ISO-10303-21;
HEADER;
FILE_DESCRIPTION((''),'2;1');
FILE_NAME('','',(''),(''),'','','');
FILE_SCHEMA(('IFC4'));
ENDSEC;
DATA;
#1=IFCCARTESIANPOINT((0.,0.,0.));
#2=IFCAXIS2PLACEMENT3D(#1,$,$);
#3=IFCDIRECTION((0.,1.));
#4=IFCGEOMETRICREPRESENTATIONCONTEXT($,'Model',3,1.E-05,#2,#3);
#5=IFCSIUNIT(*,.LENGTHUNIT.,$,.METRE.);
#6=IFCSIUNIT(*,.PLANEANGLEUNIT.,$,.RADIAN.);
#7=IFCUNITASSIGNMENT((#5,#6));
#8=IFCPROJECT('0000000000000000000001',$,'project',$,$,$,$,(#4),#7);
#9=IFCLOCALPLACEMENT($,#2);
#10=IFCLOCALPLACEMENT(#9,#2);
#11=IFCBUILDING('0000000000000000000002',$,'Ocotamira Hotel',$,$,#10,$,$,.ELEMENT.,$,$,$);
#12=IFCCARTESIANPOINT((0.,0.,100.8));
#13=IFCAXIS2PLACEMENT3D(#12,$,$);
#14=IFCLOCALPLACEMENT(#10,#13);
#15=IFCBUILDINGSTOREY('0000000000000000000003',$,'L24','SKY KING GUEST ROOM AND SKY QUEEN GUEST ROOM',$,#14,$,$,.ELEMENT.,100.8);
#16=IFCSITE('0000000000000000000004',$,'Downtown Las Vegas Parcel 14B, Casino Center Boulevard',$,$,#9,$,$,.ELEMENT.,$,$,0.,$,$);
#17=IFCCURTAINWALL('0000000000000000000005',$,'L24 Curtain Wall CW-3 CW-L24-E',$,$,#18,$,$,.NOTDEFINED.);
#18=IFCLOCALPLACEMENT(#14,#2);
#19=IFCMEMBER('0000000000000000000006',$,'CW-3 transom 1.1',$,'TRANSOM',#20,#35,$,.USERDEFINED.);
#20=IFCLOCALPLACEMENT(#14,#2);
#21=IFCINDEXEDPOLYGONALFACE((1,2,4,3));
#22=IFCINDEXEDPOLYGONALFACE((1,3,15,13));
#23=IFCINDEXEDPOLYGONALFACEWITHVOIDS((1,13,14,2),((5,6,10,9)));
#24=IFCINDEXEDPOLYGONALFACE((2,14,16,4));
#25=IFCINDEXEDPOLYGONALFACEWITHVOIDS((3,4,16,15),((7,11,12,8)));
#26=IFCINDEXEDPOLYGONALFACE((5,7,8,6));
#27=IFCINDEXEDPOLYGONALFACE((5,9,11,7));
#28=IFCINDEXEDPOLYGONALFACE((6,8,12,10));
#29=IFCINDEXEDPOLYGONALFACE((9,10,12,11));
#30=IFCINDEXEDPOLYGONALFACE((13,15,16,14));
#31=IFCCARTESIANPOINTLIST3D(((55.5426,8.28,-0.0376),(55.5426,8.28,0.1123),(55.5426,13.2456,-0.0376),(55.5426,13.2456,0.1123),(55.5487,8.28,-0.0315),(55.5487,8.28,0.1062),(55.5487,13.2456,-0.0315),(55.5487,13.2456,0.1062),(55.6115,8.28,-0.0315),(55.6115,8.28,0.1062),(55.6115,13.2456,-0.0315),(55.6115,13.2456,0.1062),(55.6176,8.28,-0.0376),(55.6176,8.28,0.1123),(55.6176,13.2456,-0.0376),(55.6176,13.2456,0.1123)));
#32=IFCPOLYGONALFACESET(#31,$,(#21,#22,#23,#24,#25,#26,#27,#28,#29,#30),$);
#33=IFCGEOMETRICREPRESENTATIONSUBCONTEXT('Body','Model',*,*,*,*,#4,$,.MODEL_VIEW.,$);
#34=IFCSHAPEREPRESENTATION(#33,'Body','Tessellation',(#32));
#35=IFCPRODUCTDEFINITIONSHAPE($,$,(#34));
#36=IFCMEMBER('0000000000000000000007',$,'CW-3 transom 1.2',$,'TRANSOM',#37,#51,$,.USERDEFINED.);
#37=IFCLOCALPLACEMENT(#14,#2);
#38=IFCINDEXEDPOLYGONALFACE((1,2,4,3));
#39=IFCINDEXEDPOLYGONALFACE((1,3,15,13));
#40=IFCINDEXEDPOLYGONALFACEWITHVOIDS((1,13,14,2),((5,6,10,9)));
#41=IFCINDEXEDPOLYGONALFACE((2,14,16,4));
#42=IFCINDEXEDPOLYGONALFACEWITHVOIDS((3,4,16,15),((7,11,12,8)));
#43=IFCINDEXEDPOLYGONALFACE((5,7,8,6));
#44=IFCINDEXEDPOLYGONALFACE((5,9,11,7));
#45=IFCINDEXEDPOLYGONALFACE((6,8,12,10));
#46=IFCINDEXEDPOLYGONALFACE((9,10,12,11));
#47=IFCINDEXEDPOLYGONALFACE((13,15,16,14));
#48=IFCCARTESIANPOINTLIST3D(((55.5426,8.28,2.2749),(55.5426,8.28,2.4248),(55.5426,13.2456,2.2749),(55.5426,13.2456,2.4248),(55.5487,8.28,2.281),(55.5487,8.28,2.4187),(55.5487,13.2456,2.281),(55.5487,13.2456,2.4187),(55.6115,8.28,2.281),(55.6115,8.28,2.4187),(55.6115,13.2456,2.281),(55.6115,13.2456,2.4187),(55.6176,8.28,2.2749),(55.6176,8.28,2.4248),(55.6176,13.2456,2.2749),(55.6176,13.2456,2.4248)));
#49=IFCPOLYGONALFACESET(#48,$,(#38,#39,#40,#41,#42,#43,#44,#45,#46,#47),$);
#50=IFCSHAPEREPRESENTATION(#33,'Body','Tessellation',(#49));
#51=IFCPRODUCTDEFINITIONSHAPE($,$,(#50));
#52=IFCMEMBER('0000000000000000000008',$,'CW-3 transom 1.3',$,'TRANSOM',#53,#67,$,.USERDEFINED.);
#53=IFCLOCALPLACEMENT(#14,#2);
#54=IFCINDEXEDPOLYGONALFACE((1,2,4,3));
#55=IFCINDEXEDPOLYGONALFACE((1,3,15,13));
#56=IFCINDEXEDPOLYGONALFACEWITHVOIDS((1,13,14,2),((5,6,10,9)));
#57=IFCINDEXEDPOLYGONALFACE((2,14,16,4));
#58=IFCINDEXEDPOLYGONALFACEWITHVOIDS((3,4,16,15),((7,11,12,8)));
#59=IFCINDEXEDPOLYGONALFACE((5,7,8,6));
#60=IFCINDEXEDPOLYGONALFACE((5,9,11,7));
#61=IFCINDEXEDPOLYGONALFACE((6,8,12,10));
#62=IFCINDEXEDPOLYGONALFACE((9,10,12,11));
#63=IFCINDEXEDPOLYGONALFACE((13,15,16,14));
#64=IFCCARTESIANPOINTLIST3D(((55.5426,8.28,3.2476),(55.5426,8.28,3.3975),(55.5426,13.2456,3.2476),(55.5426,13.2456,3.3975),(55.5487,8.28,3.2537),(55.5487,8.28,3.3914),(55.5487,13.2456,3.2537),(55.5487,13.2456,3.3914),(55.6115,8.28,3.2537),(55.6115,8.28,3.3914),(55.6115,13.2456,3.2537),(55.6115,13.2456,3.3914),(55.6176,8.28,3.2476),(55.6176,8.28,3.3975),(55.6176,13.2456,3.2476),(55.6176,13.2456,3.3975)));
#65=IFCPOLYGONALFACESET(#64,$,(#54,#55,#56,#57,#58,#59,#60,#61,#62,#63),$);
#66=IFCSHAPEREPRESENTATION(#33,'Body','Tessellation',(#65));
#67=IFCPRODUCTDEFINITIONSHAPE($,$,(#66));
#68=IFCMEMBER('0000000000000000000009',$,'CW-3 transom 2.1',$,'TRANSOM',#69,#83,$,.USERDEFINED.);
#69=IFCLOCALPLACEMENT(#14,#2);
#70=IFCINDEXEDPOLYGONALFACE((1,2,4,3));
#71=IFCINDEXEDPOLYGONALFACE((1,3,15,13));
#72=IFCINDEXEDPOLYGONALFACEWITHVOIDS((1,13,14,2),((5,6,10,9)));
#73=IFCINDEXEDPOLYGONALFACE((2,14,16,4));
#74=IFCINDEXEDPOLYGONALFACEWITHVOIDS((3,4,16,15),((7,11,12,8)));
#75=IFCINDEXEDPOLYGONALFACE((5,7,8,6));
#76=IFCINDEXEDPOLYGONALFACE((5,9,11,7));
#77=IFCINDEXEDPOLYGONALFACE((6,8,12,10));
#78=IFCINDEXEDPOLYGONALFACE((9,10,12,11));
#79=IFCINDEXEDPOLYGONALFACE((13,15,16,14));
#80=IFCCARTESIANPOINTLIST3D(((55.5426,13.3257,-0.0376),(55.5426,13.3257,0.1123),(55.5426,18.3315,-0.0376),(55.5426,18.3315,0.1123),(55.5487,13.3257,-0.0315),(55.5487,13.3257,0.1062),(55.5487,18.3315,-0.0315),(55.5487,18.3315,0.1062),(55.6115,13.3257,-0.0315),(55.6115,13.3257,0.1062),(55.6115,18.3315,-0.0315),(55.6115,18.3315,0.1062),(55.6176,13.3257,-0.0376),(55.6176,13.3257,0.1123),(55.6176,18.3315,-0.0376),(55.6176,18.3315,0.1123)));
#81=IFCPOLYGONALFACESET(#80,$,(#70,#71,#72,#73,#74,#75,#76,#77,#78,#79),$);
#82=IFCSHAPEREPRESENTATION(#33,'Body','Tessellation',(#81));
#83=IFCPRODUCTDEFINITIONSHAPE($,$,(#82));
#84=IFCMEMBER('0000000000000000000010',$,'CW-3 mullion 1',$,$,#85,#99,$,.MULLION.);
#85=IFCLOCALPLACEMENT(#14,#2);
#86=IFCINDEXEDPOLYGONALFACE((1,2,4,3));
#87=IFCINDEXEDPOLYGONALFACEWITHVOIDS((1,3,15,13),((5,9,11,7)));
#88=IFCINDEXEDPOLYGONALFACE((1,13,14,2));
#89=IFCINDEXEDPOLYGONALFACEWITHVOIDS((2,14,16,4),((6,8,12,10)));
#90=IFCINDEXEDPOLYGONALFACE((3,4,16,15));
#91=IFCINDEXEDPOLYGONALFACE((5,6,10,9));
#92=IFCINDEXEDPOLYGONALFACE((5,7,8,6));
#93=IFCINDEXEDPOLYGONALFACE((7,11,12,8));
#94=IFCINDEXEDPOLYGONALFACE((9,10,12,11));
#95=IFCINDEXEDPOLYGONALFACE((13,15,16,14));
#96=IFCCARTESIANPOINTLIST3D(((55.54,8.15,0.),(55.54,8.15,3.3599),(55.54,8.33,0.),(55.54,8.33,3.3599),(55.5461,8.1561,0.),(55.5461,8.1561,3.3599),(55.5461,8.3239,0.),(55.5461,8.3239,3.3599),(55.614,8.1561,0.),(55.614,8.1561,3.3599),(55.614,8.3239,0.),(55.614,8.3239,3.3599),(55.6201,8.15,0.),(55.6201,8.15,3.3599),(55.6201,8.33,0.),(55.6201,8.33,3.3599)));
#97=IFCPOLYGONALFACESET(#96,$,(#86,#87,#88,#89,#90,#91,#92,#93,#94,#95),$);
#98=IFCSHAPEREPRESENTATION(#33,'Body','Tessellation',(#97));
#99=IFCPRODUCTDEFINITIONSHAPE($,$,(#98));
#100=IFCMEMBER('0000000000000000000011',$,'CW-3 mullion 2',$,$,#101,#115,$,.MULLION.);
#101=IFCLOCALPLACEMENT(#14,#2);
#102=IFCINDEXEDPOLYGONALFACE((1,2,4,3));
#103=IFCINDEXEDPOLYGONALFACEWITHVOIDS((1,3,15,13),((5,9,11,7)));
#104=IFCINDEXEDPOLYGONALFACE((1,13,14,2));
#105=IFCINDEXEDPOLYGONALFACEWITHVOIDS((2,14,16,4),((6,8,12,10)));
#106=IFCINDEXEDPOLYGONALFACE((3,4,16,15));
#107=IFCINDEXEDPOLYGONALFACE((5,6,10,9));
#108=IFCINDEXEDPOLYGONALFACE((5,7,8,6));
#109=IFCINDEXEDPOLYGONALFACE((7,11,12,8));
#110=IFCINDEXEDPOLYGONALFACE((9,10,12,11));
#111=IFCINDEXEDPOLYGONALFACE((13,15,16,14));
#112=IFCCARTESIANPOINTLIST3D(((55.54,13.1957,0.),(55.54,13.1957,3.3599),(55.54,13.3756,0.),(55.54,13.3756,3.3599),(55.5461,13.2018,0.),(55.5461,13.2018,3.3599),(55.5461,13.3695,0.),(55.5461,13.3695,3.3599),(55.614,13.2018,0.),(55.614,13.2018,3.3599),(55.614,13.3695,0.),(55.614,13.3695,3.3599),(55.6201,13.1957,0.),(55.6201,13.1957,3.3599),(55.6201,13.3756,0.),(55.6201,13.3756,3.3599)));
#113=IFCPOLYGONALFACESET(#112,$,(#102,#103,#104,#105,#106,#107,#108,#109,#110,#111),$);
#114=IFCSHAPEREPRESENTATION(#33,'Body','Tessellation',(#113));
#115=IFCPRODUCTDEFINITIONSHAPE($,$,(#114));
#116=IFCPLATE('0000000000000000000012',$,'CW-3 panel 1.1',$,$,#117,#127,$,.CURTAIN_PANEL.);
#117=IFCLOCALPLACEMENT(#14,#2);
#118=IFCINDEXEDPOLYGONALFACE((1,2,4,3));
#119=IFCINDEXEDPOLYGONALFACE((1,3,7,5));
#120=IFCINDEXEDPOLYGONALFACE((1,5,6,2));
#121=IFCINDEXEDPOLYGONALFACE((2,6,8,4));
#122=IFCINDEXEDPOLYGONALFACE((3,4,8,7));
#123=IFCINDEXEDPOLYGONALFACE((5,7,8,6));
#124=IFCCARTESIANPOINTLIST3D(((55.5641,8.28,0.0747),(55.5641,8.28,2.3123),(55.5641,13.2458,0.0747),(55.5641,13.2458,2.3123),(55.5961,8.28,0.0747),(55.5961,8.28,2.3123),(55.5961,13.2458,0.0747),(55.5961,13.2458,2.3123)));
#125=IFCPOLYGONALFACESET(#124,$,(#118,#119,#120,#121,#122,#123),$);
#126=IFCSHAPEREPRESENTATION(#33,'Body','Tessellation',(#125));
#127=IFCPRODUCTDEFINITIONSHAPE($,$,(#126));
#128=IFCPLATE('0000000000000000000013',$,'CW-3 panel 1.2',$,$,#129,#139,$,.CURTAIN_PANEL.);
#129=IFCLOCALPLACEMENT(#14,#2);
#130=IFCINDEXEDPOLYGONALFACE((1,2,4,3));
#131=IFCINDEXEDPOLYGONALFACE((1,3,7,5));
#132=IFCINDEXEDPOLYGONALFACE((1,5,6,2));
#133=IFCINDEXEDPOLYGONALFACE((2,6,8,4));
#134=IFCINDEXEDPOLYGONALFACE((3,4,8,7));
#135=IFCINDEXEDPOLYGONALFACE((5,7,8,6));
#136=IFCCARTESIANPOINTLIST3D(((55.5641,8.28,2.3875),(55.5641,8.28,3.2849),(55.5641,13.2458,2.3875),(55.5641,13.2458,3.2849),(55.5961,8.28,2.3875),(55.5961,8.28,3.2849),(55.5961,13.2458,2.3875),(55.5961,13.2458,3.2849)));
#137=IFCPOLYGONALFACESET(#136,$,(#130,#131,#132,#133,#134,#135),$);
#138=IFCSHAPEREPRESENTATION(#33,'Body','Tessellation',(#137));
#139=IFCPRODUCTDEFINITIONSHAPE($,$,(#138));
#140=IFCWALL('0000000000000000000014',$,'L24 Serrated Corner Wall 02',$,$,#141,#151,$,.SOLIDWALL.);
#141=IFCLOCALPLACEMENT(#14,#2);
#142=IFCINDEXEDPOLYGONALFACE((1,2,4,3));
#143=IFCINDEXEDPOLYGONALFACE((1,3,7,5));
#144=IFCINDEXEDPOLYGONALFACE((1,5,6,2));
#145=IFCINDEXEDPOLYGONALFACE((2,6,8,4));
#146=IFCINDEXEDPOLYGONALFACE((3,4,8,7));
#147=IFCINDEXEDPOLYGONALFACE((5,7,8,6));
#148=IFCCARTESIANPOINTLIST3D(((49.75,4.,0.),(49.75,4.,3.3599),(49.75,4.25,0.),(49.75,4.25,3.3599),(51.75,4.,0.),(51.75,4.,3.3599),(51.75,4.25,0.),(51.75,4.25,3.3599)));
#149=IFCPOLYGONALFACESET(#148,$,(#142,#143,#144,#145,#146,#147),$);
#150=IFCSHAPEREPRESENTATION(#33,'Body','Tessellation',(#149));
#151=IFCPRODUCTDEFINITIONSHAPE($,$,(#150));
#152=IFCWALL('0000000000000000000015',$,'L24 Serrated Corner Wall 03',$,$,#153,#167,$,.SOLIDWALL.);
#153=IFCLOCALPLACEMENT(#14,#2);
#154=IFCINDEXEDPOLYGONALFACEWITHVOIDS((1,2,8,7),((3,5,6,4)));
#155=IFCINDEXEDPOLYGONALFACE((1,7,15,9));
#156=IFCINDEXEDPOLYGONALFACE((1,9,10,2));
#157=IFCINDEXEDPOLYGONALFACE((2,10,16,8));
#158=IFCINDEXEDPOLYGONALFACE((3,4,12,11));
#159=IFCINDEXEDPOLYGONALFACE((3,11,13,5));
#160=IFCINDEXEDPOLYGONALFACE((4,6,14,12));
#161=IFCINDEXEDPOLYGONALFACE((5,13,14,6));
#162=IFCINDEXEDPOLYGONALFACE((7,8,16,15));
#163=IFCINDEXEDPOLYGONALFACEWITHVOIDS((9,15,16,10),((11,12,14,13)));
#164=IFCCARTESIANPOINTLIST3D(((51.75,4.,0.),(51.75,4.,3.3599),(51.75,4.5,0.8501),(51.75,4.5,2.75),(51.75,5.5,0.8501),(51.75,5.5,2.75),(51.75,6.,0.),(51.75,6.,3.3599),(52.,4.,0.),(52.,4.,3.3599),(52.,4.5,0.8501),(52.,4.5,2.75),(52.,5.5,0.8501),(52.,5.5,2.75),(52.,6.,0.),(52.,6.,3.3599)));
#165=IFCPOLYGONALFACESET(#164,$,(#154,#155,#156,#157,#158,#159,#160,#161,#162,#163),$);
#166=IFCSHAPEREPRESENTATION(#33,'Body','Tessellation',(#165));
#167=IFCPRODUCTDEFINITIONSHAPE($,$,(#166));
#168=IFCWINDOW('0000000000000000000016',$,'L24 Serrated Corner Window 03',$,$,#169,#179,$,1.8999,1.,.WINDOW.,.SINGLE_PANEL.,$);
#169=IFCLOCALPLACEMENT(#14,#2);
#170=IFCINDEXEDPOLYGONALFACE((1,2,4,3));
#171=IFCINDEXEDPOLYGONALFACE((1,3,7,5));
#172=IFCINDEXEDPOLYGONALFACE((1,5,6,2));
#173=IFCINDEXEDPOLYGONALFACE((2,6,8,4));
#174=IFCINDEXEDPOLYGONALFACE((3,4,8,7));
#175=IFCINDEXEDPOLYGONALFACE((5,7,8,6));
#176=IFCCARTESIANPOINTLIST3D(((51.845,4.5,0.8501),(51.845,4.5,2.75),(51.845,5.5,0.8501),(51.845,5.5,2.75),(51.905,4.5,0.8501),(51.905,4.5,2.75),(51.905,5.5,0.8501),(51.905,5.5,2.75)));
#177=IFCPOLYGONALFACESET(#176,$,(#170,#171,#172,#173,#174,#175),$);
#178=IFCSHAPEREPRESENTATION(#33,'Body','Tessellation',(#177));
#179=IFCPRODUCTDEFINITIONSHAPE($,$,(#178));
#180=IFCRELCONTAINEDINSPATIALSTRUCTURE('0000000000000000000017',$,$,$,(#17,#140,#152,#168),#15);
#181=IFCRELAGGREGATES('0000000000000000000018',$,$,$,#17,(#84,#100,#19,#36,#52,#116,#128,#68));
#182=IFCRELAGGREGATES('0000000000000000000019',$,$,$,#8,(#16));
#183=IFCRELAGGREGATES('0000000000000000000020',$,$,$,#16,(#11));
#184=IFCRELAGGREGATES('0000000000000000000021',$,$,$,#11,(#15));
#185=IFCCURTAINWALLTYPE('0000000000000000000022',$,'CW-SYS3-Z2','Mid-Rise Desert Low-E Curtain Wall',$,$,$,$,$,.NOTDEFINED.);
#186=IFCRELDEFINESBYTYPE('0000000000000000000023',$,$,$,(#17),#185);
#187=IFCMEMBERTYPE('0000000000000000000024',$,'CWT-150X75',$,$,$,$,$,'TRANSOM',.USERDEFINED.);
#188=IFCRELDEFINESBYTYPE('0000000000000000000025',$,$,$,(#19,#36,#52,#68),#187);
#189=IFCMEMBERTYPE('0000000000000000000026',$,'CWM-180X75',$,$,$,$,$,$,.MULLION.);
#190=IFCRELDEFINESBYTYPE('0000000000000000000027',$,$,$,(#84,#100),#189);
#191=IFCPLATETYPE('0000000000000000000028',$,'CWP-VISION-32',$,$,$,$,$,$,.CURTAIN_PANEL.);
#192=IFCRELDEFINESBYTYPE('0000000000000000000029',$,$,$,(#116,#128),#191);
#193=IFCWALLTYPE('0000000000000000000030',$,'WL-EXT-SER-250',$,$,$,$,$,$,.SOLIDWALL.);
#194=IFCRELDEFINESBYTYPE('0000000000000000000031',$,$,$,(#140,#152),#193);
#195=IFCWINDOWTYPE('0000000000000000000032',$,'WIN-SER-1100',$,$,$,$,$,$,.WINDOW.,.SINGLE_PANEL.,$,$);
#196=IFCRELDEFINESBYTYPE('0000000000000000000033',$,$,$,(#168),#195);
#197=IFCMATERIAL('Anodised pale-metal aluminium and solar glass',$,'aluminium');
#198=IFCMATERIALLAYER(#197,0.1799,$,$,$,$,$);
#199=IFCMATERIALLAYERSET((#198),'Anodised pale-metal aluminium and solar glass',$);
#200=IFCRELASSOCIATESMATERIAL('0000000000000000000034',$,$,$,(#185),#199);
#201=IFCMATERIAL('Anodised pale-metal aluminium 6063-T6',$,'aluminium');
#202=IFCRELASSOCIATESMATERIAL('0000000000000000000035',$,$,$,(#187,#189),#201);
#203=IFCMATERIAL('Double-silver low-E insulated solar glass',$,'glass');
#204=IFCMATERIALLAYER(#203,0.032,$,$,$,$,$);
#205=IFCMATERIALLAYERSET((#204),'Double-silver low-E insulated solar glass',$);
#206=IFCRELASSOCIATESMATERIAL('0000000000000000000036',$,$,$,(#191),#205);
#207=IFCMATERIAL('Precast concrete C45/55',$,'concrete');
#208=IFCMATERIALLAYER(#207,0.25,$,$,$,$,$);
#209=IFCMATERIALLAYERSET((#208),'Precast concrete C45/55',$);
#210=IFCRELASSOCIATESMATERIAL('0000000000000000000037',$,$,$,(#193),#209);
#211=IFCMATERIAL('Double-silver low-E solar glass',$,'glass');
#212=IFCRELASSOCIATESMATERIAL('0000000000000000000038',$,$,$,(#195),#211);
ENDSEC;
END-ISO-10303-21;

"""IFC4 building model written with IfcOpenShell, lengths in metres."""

from ifc_helpers import new_model, si_unit, direction, frame, frame_2d, origin, origin_2d, place, context, subcontext, project, spatial, rectangle, hollow_rectangle, extrude, source, transform, mapped, material, layer, layer_set, material_profile, profile_set, type_object, element, fill, aggregate, save


model = new_model("IFC4")

# Units and contexts
model_context = context("Model", 3, precision=1e-05, world=origin(), true_north=direction((0.0, 1.0)))
body_context = subcontext(model_context, "Body", "Model", "MODEL_VIEW")
ifc_project = project(units=[si_unit("LENGTHUNIT", "METRE"), si_unit("PLANEANGLEUNIT", "RADIAN")], contexts=[model_context])

# Site, building, storey
site_placement = place(None, origin())
site = spatial("IfcSite", under=ifc_project, at=site_placement, Name="Downtown Las Vegas Parcel 14B, Casino Center Boulevard", CompositionType="ELEMENT", RefElevation=0.0)
building_placement = place(site_placement, origin())
building = spatial("IfcBuilding", under=site, at=building_placement, Name="Ocotamira Hotel", CompositionType="ELEMENT")
storey_placement = place(building_placement, frame((0.0, 0.0, 100.8)))
storey = spatial("IfcBuildingStorey", under=building, at=storey_placement, Name="L24", Description="SKY KING GUEST ROOM AND SKY QUEEN GUEST ROOM", CompositionType="ELEMENT", Elevation=100.8)

# Curtain wall, members, plates
ifc_material_1 = material(Name="Anodised pale-metal aluminium and solar glass", Category="aluminium")
ifc_layer_1 = layer(ifc_material_1, 0.1799)
ifc_layer_set_1 = layer_set([ifc_layer_1], Name="Anodised pale-metal aluminium and solar glass")
curtain_wall_type = type_object("IfcCurtainWallType", Name="CW-SYS3-Z2", Description="Mid-Rise Desert Low-E Curtain Wall", PredefinedType="NOTDEFINED", material=ifc_layer_set_1)
curtain_wall_placement = place(storey_placement, origin())
curtain_wall = element("IfcCurtainWall", 1, at=curtain_wall_placement, inside=storey, type_object=curtain_wall_type, Name="L24 Curtain Wall CW-3 CW-L24-E", PredefinedType="NOTDEFINED")
ifc_material_2 = material(Name="Anodised pale-metal aluminium 6063-T6", Category="aluminium")
ifc_material_profile_1 = material_profile(ifc_material_2, hollow_rectangle(XDim=0.075, YDim=0.1499, WallThickness=0.0061, at=origin_2d()), Name="HSS150X75X6")
ifc_profile_set_1 = profile_set([ifc_material_profile_1], Name="Anodised pale-metal aluminium 6063-T6")
member_type_1 = type_object("IfcMemberType", Name="CWT-150X75", ElementType="TRANSOM", PredefinedType="USERDEFINED", material=ifc_profile_set_1)
shared_shape_1 = source(origin(), body_context, "Body", "SweptSolid", [
    extrude(hollow_rectangle(XDim=0.075, YDim=0.1499, WallThickness=0.0061, at=origin_2d()), origin(), (0.0, 0.0, 1.0), 4.9656),
])
member_1_placement = place(storey_placement, frame((55.5801, 8.28, 0.0374), z_axis=(0.0, 1.0, 0.0), x_axis=(-1.0, 0.0, 0.0)))
member_1 = element("IfcMember", 2, at=member_1_placement, type_object=member_type_1, Name="CW-3 transom 1.1", ObjectType="TRANSOM", PredefinedType="USERDEFINED", context=body_context, shape_type="MappedRepresentation", body=[
    mapped(shared_shape_1, transform((0.0, 0.0, 0.0), scale=1.0)),
])
member_2_placement = place(storey_placement, frame((55.5801, 8.28, 2.3499), z_axis=(0.0, 1.0, 0.0), x_axis=(-1.0, 0.0, 0.0)))
member_2 = element("IfcMember", 3, at=member_2_placement, type_object=member_type_1, Name="CW-3 transom 1.2", ObjectType="TRANSOM", PredefinedType="USERDEFINED", context=body_context, shape_type="MappedRepresentation", body=[
    mapped(shared_shape_1, transform((0.0, 0.0, 0.0), scale=1.0)),
])
member_3_placement = place(storey_placement, frame((55.5801, 8.28, 3.3225), z_axis=(0.0, 1.0, 0.0), x_axis=(-1.0, 0.0, 0.0)))
member_3 = element("IfcMember", 4, at=member_3_placement, type_object=member_type_1, Name="CW-3 transom 1.3", ObjectType="TRANSOM", PredefinedType="USERDEFINED", context=body_context, shape_type="MappedRepresentation", body=[
    mapped(shared_shape_1, transform((0.0, 0.0, 0.0), scale=1.0)),
])
shared_shape_2 = source(origin(), body_context, "Body", "SweptSolid", [
    extrude(hollow_rectangle(XDim=0.075, YDim=0.1499, WallThickness=0.0061, at=origin_2d()), origin(), (0.0, 0.0, 1.0), 5.0059),
])
member_4_placement = place(storey_placement, frame((55.5801, 13.3257, 0.0374), z_axis=(0.0, 1.0, 0.0), x_axis=(-1.0, 0.0, 0.0)))
member_4 = element("IfcMember", 5, at=member_4_placement, type_object=member_type_1, Name="CW-3 transom 2.1", ObjectType="TRANSOM", PredefinedType="USERDEFINED", context=body_context, shape_type="MappedRepresentation", body=[
    mapped(shared_shape_2, transform((0.0, 0.0, 0.0), scale=1.0)),
])
ifc_material_profile_2 = material_profile(ifc_material_2, hollow_rectangle(XDim=0.0801, YDim=0.1799, WallThickness=0.0061, at=origin_2d()), Name="HSS180X80X6")
ifc_profile_set_2 = profile_set([ifc_material_profile_2], Name="Anodised pale-metal aluminium 6063-T6")
member_type_2 = type_object("IfcMemberType", Name="CWM-180X75", PredefinedType="MULLION", material=ifc_profile_set_2)
shared_shape_3 = source(origin(), body_context, "Body", "SweptSolid", [
    extrude(hollow_rectangle(XDim=0.0801, YDim=0.1799, WallThickness=0.0061, at=origin_2d()), origin(), (0.0, 0.0, 1.0), 3.3599),
])
member_5_placement = place(storey_placement, frame((55.5801, 8.24, 0.0), z_axis=(0.0, 0.0, 1.0), x_axis=(-1.0, 0.0, 0.0)))
member_5 = element("IfcMember", 6, at=member_5_placement, type_object=member_type_2, Name="CW-3 mullion 1", PredefinedType="MULLION", context=body_context, shape_type="MappedRepresentation", body=[
    mapped(shared_shape_3, transform((0.0, 0.0, 0.0), scale=1.0)),
])
member_6_placement = place(storey_placement, frame((55.5801, 13.2856, 0.0), z_axis=(0.0, 0.0, 1.0), x_axis=(-1.0, 0.0, 0.0)))
member_6 = element("IfcMember", 7, at=member_6_placement, type_object=member_type_2, Name="CW-3 mullion 2", PredefinedType="MULLION", context=body_context, shape_type="MappedRepresentation", body=[
    mapped(shared_shape_3, transform((0.0, 0.0, 0.0), scale=1.0)),
])
ifc_material_3 = material(Name="Double-silver low-E insulated solar glass", Category="glass")
ifc_layer_2 = layer(ifc_material_3, 0.032)
ifc_layer_set_2 = layer_set([ifc_layer_2], Name="Double-silver low-E insulated solar glass")
plate_type = type_object("IfcPlateType", Name="CWP-VISION-32", PredefinedType="CURTAIN_PANEL", material=ifc_layer_set_2)
shared_shape_4 = source(origin(), body_context, "Body", "SweptSolid", [
    extrude(rectangle(XDim=4.9658, YDim=0.032, at=origin_2d()), origin(), (0.0, 0.0, 1.0), 2.2375),
])
plate_1_placement = place(storey_placement, frame((55.5801, 10.7629, 0.0747), z_axis=(0.0, 0.0, 1.0), x_axis=(0.0, 1.0, 0.0)))
plate_1 = element("IfcPlate", 8, at=plate_1_placement, type_object=plate_type, Name="CW-3 panel 1.1", PredefinedType="CURTAIN_PANEL", context=body_context, shape_type="MappedRepresentation", body=[
    mapped(shared_shape_4, transform((0.0, 0.0, 0.0), scale=1.0)),
])
shared_shape_5 = source(origin(), body_context, "Body", "SweptSolid", [
    extrude(rectangle(XDim=4.9658, YDim=0.032, at=origin_2d()), origin(), (0.0, 0.0, 1.0), 0.8975),
])
plate_2_placement = place(storey_placement, frame((55.5801, 10.7629, 2.3875), z_axis=(0.0, 0.0, 1.0), x_axis=(0.0, 1.0, 0.0)))
plate_2 = element("IfcPlate", 9, at=plate_2_placement, type_object=plate_type, Name="CW-3 panel 1.2", PredefinedType="CURTAIN_PANEL", context=body_context, shape_type="MappedRepresentation", body=[
    mapped(shared_shape_5, transform((0.0, 0.0, 0.0), scale=1.0)),
])
aggregate(curtain_wall, [member_5, member_6, member_1, member_2, member_3, plate_1, plate_2, member_4])

# Wall
ifc_material_4 = material(Name="Precast concrete C45/55", Category="concrete")
ifc_layer_3 = layer(ifc_material_4, 0.25)
ifc_layer_set_3 = layer_set([ifc_layer_3], Name="Precast concrete C45/55")
wall_type_1 = type_object("IfcWallType", Name="WL-EXT-SER-250", PredefinedType="SOLIDWALL", material=ifc_layer_set_3)
wall_1_placement = place(storey_placement, frame((49.75, 4.125, 0.0), z_axis=(0.0, 0.0, 1.0), x_axis=(1.0, 0.0, 0.0)))
element("IfcWall", 10, at=wall_1_placement, inside=storey, type_object=wall_type_1, Name="L24 Serrated Corner Wall 02", PredefinedType="SOLIDWALL", context=body_context, shape_type="SweptSolid", body=[
    extrude(rectangle(XDim=2.0, YDim=0.25, at=frame_2d((1.0, 0.0))), origin(), (0.0, 0.0, 1.0), 3.3599),
])

# Wall, opening, window
wall_2_placement = place(storey_placement, frame((51.875, 4.0, 0.0), z_axis=(0.0, 0.0, 1.0), x_axis=(0.0, 1.0, 0.0)))
wall_2 = element("IfcWall", 11, at=wall_2_placement, inside=storey, type_object=wall_type_1, Name="L24 Serrated Corner Wall 03", PredefinedType="SOLIDWALL", context=body_context, shape_type="SweptSolid", body=[
    extrude(rectangle(XDim=2.0, YDim=0.25, at=frame_2d((1.0, 0.0))), origin(), (0.0, 0.0, 1.0), 3.3599),
])
opening_1_placement = place(wall_2_placement, frame((0.5, 0.0, 0.8501)))
opening_1 = element("IfcOpeningElement", 12, at=opening_1_placement, cuts=wall_2, PredefinedType="OPENING", context=body_context, shape_type="SweptSolid", body=[
    extrude(rectangle(XDim=1.0, YDim=1.8999, at=frame_2d((0.5, 0.95))), frame((0.0, 0.135, 0.0), z_axis=(0.0, -1.0, 0.0), x_axis=(1.0, 0.0, 0.0)), (0.0, 0.0, 1.0), 0.27),
])
ifc_material_5 = material(Name="Double-silver low-E solar glass", Category="glass")
window_type = type_object("IfcWindowType", Name="WIN-SER-1100", PartitioningType="SINGLE_PANEL", PredefinedType="WINDOW", material=ifc_material_5)
shared_shape_6 = source(origin(), body_context, "Body", "SweptSolid", [
    extrude(rectangle(XDim=1.0, YDim=1.8999, at=frame_2d((0.5, 0.95))), frame((0.0, 0.03, 0.0), z_axis=(0.0, -1.0, 0.0), x_axis=(1.0, 0.0, 0.0)), (0.0, 0.0, 1.0), 0.0601),
])
window_placement = place(opening_1_placement, origin())
window = element("IfcWindow", 13, at=window_placement, inside=storey, type_object=window_type, Name="L24 Serrated Corner Window 03", OverallHeight=1.8999, OverallWidth=1.0, PartitioningType="SINGLE_PANEL", PredefinedType="WINDOW", context=body_context, shape_type="MappedRepresentation", body=[
    mapped(shared_shape_6, transform((0.0, 0.0, 0.0), scale=1.0)),
])
fill(opening_1, window)

save(model, "model.ifc")
